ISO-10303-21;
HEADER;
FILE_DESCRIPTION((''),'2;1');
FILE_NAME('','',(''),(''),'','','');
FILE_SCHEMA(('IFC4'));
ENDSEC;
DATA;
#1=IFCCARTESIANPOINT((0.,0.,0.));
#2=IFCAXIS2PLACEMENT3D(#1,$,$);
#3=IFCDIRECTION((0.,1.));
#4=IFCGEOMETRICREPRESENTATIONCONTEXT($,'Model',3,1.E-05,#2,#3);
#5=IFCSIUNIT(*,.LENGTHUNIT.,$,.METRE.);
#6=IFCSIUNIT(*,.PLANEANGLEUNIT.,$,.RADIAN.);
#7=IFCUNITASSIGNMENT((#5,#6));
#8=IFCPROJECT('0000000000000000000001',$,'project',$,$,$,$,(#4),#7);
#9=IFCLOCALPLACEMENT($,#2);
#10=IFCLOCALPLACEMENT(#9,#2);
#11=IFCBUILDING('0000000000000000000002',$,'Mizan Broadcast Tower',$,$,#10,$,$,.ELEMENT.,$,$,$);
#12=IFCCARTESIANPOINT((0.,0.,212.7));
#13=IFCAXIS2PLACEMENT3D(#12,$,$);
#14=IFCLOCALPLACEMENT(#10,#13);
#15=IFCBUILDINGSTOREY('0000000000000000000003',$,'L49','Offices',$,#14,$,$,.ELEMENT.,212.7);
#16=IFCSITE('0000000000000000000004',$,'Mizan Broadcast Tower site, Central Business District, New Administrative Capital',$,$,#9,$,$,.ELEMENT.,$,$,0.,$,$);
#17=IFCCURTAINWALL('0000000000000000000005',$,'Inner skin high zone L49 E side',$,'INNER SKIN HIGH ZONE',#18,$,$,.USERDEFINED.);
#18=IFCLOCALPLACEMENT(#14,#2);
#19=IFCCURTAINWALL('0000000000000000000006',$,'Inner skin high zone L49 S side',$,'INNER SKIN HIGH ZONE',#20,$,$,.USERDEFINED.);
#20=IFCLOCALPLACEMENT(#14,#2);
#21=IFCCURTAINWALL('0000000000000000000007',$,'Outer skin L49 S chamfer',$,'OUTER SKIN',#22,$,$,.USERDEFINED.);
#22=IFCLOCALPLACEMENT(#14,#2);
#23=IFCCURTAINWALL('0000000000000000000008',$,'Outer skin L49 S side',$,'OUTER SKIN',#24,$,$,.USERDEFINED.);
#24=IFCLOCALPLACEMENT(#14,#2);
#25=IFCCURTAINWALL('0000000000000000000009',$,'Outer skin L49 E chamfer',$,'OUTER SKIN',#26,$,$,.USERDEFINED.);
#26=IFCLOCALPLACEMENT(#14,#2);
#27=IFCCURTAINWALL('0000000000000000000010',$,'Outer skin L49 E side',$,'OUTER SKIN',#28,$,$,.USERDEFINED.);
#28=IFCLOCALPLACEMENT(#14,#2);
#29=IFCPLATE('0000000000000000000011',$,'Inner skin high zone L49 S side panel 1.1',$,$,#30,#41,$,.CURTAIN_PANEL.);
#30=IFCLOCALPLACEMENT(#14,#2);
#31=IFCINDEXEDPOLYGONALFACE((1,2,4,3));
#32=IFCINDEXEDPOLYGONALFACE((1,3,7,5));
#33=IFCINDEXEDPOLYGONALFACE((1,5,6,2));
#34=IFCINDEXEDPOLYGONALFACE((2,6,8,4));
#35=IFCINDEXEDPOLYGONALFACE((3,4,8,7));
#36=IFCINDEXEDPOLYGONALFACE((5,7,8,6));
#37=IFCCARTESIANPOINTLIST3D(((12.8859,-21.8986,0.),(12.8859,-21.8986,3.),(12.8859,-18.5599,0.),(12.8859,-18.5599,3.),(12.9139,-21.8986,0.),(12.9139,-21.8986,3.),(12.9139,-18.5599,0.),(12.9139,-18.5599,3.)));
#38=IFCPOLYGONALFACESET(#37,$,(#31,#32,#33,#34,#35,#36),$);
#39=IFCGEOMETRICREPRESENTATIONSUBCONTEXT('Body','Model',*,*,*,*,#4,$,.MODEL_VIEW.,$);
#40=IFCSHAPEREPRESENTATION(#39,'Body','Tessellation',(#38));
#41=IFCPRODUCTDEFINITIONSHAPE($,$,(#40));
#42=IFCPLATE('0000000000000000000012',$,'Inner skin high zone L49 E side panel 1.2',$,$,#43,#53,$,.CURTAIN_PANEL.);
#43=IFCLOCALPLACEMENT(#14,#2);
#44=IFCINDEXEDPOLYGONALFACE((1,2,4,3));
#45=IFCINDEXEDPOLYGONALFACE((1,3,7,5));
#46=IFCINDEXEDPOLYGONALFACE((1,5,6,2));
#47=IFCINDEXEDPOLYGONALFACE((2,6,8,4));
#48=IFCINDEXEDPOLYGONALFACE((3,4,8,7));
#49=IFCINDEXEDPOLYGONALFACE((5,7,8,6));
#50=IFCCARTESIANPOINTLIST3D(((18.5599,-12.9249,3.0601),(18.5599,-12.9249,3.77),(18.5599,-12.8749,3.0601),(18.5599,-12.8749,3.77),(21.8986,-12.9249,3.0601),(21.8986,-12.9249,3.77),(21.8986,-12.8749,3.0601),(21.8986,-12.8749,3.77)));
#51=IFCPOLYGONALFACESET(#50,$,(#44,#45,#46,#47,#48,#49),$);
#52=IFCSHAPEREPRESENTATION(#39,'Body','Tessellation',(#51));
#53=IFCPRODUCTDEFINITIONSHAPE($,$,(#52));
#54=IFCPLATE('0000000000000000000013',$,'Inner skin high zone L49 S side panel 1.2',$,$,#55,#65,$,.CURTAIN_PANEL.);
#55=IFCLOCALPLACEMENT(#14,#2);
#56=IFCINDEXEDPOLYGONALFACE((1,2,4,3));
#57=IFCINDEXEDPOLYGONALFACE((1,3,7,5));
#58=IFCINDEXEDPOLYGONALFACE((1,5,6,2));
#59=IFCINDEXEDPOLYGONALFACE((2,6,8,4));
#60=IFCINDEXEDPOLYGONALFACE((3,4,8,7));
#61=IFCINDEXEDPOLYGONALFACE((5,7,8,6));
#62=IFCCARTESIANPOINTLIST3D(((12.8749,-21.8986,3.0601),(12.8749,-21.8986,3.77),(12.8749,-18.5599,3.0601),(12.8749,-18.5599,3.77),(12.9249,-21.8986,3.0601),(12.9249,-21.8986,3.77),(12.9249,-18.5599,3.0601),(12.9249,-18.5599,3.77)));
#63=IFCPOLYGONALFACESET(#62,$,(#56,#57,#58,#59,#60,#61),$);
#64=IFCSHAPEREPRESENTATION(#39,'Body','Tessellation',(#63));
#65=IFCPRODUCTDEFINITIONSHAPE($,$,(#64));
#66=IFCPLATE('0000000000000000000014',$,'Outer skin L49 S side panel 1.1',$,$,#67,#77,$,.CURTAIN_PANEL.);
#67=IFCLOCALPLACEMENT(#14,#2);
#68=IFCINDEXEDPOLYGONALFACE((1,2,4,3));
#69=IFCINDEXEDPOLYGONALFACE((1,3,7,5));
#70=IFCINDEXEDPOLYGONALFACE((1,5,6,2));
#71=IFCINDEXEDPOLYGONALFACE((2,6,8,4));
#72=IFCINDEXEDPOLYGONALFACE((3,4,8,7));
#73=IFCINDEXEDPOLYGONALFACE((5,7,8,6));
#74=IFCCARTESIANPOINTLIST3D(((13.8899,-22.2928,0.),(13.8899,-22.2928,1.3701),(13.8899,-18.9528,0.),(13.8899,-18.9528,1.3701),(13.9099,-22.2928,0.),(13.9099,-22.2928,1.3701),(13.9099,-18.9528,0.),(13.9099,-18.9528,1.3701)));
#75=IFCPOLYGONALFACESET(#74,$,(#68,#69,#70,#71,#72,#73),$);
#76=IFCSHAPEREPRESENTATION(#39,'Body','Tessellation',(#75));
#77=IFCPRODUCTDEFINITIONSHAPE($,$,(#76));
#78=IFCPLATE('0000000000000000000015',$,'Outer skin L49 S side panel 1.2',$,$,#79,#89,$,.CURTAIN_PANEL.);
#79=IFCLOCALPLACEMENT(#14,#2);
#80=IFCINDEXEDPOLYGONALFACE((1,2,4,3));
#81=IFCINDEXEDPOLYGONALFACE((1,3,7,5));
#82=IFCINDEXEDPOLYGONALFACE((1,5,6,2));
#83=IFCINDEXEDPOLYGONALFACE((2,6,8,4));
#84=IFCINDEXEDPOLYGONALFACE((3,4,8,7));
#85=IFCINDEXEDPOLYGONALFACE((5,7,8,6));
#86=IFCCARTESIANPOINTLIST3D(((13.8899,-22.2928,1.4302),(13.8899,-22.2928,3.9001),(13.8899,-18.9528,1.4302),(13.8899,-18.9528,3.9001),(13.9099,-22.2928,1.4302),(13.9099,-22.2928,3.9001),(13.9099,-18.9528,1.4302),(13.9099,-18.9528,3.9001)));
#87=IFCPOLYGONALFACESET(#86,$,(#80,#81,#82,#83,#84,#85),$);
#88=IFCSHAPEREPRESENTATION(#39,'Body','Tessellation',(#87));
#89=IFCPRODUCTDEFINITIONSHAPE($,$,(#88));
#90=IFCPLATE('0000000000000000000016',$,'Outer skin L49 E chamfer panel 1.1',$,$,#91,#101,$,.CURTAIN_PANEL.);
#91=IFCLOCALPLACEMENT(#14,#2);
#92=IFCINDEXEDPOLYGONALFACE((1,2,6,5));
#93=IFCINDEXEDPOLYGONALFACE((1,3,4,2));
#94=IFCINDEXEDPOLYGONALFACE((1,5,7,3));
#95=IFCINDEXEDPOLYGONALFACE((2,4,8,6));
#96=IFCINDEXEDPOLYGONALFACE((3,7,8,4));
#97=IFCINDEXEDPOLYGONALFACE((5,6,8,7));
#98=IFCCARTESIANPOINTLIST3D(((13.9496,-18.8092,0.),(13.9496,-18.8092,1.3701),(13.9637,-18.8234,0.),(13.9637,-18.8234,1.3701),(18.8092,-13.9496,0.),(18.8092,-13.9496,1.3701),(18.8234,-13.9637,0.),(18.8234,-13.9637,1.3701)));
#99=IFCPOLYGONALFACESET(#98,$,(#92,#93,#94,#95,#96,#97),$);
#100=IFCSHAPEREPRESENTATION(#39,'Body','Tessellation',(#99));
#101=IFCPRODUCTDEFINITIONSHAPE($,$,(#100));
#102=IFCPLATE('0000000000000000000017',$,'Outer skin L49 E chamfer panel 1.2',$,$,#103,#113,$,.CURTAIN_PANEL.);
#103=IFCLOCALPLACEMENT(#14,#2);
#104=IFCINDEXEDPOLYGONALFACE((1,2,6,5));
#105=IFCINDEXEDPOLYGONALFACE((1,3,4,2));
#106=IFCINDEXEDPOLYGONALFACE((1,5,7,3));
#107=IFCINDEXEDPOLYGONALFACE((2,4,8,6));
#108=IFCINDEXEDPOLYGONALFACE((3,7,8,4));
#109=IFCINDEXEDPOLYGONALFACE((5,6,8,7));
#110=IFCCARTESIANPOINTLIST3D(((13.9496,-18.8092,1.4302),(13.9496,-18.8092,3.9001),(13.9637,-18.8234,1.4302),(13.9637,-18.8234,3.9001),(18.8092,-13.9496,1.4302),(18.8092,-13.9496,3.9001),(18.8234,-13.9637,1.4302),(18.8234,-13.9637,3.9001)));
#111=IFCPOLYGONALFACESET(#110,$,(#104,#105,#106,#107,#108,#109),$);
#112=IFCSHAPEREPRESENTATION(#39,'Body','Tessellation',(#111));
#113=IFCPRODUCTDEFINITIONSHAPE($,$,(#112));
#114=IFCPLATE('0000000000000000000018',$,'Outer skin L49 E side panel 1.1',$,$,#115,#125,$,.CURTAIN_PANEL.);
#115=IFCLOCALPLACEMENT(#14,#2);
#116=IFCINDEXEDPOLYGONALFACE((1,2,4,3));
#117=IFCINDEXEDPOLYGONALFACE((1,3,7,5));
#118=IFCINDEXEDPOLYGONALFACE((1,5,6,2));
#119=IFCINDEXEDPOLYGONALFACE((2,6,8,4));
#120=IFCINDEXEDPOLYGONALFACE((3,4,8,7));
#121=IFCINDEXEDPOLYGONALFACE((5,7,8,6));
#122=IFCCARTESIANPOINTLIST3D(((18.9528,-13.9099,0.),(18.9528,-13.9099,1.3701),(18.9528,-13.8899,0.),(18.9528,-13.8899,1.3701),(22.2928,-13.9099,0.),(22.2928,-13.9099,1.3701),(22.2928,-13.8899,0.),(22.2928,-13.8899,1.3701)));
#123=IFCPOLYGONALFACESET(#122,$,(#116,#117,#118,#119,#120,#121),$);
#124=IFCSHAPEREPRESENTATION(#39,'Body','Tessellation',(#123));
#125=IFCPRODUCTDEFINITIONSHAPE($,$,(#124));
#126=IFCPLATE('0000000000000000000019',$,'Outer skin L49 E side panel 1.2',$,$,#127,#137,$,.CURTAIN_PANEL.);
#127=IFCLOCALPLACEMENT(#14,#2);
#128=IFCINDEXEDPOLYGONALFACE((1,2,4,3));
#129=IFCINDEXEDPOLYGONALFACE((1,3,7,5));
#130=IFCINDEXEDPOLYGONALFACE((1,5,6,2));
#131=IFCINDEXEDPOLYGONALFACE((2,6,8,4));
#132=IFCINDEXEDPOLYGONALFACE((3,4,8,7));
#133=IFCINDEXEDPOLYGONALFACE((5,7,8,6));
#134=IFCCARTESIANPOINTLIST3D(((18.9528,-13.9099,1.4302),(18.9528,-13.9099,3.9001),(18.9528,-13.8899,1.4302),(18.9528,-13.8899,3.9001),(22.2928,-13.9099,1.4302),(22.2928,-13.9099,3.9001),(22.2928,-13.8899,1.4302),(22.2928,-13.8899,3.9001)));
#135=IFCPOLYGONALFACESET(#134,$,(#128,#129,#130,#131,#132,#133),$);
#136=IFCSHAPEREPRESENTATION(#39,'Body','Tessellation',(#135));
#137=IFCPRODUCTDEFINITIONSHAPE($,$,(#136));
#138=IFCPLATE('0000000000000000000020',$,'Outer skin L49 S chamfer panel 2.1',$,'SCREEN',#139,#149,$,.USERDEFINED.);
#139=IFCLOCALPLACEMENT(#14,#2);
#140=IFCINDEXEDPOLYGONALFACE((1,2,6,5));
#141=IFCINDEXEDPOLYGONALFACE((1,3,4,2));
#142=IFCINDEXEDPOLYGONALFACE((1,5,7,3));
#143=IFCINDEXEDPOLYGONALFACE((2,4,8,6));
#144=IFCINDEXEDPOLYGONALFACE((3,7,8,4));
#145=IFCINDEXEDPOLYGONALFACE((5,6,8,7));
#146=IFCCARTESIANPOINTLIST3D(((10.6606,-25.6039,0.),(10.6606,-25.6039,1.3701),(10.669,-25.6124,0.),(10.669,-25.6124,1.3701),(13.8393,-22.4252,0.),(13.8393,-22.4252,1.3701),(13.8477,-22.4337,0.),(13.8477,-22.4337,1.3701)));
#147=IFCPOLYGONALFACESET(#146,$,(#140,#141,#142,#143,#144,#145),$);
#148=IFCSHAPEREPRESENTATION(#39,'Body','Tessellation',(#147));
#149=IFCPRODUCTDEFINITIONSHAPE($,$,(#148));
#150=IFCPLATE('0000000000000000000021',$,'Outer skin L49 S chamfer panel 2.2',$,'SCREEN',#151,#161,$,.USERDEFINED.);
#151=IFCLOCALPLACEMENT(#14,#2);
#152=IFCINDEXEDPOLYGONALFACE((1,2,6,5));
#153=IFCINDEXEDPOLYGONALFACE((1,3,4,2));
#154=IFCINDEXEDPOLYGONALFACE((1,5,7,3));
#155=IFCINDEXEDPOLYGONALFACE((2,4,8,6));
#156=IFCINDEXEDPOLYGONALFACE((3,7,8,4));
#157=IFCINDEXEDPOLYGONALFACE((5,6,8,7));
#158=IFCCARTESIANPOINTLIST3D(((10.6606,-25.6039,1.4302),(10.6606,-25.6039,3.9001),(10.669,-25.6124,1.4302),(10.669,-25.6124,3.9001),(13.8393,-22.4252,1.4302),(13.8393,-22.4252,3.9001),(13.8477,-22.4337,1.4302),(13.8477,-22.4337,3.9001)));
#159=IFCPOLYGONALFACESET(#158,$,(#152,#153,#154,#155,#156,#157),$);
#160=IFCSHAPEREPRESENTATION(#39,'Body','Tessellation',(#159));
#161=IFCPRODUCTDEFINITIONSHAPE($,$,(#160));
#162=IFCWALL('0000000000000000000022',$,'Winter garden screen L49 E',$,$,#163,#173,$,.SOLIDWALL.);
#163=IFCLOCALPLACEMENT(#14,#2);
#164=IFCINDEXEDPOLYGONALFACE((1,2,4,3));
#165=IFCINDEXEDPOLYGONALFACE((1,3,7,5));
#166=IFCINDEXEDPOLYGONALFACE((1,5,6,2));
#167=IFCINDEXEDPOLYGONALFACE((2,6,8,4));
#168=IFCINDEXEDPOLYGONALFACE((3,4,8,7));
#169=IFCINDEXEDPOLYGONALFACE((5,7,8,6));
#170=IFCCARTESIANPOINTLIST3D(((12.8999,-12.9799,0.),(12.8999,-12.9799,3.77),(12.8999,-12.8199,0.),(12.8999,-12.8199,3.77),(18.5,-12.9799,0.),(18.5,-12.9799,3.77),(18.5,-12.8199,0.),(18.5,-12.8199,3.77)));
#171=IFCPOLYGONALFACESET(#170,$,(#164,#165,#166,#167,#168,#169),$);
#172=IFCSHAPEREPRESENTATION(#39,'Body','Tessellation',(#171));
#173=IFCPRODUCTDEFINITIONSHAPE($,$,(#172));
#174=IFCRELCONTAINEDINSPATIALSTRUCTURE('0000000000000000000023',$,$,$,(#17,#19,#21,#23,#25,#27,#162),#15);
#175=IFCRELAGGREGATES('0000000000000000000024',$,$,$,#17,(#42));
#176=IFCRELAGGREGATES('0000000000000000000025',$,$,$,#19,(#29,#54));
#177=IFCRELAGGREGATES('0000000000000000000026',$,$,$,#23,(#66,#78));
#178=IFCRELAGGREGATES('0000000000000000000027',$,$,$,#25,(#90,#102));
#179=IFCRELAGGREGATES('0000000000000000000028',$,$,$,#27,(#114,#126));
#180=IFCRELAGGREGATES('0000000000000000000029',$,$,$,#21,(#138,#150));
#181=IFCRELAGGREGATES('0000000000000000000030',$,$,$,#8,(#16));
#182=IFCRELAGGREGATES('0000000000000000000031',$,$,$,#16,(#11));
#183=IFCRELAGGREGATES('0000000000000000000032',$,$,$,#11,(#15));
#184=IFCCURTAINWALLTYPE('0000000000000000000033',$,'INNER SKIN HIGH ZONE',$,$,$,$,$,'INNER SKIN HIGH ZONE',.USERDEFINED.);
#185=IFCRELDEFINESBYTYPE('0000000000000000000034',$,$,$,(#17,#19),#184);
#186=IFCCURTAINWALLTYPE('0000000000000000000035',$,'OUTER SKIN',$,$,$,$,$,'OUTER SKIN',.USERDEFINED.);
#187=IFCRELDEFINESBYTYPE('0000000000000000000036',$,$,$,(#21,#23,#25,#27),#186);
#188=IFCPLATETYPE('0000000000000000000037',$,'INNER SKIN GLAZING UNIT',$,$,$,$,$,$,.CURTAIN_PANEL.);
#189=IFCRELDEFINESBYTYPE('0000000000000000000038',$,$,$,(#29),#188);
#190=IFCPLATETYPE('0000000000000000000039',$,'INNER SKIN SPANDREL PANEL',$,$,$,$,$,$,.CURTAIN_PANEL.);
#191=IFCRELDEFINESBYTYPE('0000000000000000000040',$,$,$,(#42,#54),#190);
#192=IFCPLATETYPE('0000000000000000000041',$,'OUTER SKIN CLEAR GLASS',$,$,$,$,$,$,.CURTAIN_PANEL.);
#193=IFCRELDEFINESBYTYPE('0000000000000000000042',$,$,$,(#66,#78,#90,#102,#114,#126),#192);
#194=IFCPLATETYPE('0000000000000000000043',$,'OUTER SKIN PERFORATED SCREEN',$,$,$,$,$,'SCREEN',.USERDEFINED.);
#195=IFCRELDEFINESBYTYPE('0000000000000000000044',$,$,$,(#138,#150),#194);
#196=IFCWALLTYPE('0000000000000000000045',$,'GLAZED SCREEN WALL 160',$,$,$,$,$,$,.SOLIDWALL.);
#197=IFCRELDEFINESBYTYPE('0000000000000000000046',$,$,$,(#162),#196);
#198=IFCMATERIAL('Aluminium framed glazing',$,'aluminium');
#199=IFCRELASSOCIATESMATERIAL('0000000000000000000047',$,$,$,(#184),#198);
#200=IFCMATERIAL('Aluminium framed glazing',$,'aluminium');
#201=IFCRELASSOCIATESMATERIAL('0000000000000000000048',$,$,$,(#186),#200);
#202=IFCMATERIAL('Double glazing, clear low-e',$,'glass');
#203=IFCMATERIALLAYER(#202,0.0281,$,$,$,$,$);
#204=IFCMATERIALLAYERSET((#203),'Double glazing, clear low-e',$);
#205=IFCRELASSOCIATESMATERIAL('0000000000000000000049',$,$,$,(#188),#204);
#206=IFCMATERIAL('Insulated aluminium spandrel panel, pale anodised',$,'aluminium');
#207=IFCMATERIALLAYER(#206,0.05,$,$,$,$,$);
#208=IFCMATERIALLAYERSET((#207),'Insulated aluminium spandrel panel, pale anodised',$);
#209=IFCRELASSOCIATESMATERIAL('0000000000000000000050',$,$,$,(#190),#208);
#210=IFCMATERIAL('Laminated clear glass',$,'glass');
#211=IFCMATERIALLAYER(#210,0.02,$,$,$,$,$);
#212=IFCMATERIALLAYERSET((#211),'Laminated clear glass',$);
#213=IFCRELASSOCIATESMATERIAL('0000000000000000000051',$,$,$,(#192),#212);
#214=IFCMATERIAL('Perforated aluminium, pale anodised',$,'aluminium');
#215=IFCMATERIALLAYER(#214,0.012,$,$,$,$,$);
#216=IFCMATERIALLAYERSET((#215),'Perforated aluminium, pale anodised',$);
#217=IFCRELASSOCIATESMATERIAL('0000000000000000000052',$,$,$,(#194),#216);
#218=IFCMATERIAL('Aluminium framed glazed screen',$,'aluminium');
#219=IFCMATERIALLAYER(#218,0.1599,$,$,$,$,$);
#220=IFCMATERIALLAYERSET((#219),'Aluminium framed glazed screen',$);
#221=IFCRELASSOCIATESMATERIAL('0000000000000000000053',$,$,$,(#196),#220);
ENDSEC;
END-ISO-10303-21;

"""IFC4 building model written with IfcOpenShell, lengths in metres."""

from ifc_helpers import new_model, si_unit, direction, frame, frame_2d, origin, origin_2d, place, context, subcontext, project, spatial, rectangle, extrude, material, layer, layer_set, type_object, element, aggregate, save


model = new_model("IFC4")

# Units and contexts
model_context = context("Model", 3, precision=1e-05, world=origin(), true_north=direction((0.0, 1.0)))
body_context = subcontext(model_context, "Body", "Model", "MODEL_VIEW")
ifc_project = project(units=[si_unit("LENGTHUNIT", "METRE"), si_unit("PLANEANGLEUNIT", "RADIAN")], contexts=[model_context])

# Site, building, storey
site_placement = place(None, origin())
site = spatial("IfcSite", under=ifc_project, at=site_placement, Name="Mizan Broadcast Tower site, Central Business District, New Administrative Capital", CompositionType="ELEMENT", RefElevation=0.0)
building_placement = place(site_placement, origin())
building = spatial("IfcBuilding", under=site, at=building_placement, Name="Mizan Broadcast Tower", CompositionType="ELEMENT")
storey_placement = place(building_placement, frame((0.0, 0.0, 212.7)))
storey = spatial("IfcBuildingStorey", under=building, at=storey_placement, Name="L49", Description="Offices", CompositionType="ELEMENT", Elevation=212.7)

# Curtain walls
ifc_material_1 = material(Name="Aluminium framed glazing", Category="aluminium")
curtain_wall_type_1 = type_object("IfcCurtainWallType", Name="INNER SKIN HIGH ZONE", ElementType="INNER SKIN HIGH ZONE", PredefinedType="USERDEFINED", material=ifc_material_1)
curtain_wall_1_placement = place(storey_placement, origin())
curtain_wall_1 = element("IfcCurtainWall", 1, at=curtain_wall_1_placement, inside=storey, type_object=curtain_wall_type_1, Name="Inner skin high zone L49 E side", ObjectType="INNER SKIN HIGH ZONE", PredefinedType="USERDEFINED")
curtain_wall_2_placement = place(storey_placement, origin())
curtain_wall_2 = element("IfcCurtainWall", 2, at=curtain_wall_2_placement, inside=storey, type_object=curtain_wall_type_1, Name="Inner skin high zone L49 S side", ObjectType="INNER SKIN HIGH ZONE", PredefinedType="USERDEFINED")

# Curtain walls
ifc_material_2 = material(Name="Aluminium framed glazing", Category="aluminium")
curtain_wall_type_2 = type_object("IfcCurtainWallType", Name="OUTER SKIN", ElementType="OUTER SKIN", PredefinedType="USERDEFINED", material=ifc_material_2)
curtain_wall_3_placement = place(storey_placement, origin())
curtain_wall_3 = element("IfcCurtainWall", 3, at=curtain_wall_3_placement, inside=storey, type_object=curtain_wall_type_2, Name="Outer skin L49 S chamfer", ObjectType="OUTER SKIN", PredefinedType="USERDEFINED")
curtain_wall_4_placement = place(storey_placement, origin())
curtain_wall_4 = element("IfcCurtainWall", 4, at=curtain_wall_4_placement, inside=storey, type_object=curtain_wall_type_2, Name="Outer skin L49 S side", ObjectType="OUTER SKIN", PredefinedType="USERDEFINED")
curtain_wall_5_placement = place(storey_placement, origin())
curtain_wall_5 = element("IfcCurtainWall", 5, at=curtain_wall_5_placement, inside=storey, type_object=curtain_wall_type_2, Name="Outer skin L49 E chamfer", ObjectType="OUTER SKIN", PredefinedType="USERDEFINED")
curtain_wall_6_placement = place(storey_placement, origin())
curtain_wall_6 = element("IfcCurtainWall", 6, at=curtain_wall_6_placement, inside=storey, type_object=curtain_wall_type_2, Name="Outer skin L49 E side", ObjectType="OUTER SKIN", PredefinedType="USERDEFINED")

# Plates
ifc_material_3 = material(Name="Double glazing, clear low-e", Category="glass")
ifc_layer_1 = layer(ifc_material_3, 0.0281)
ifc_layer_set_1 = layer_set([ifc_layer_1], Name="Double glazing, clear low-e")
plate_type_1 = type_object("IfcPlateType", Name="INNER SKIN GLAZING UNIT", PredefinedType="CURTAIN_PANEL", material=ifc_layer_set_1)
plate_1_placement = place(storey_placement, frame((12.8999, -20.2292, 0.0), z_axis=(0.0, 0.0, 1.0), x_axis=(0.0, 1.0, 0.0)))
plate_1 = element("IfcPlate", 7, at=plate_1_placement, type_object=plate_type_1, Name="Inner skin high zone L49 S side panel 1.1", PredefinedType="CURTAIN_PANEL", context=body_context, shape_type="SweptSolid", body=[
    extrude(rectangle(XDim=3.3386, YDim=0.0281, at=origin_2d()), origin(), (0.0, 0.0, 1.0), 3.0),
])
ifc_material_4 = material(Name="Insulated aluminium spandrel panel, pale anodised", Category="aluminium")
ifc_layer_2 = layer(ifc_material_4, 0.05)
ifc_layer_set_2 = layer_set([ifc_layer_2], Name="Insulated aluminium spandrel panel, pale anodised")
plate_type_2 = type_object("IfcPlateType", Name="INNER SKIN SPANDREL PANEL", PredefinedType="CURTAIN_PANEL", material=ifc_layer_set_2)
plate_2_placement = place(storey_placement, frame((20.2292, -12.8999, 3.0601), z_axis=(0.0, 0.0, 1.0), x_axis=(1.0, 0.0, 0.0)))
plate_2 = element("IfcPlate", 8, at=plate_2_placement, type_object=plate_type_2, Name="Inner skin high zone L49 E side panel 1.2", PredefinedType="CURTAIN_PANEL", context=body_context, shape_type="SweptSolid", body=[
    extrude(rectangle(XDim=3.3386, YDim=0.05, at=origin_2d()), origin(), (0.0, 0.0, 1.0), 0.71),
])
aggregate(curtain_wall_1, [plate_2])
plate_3_placement = place(storey_placement, frame((12.8999, -20.2292, 3.0601), z_axis=(0.0, 0.0, 1.0), x_axis=(0.0, 1.0, 0.0)))
plate_3 = element("IfcPlate", 9, at=plate_3_placement, type_object=plate_type_2, Name="Inner skin high zone L49 S side panel 1.2", PredefinedType="CURTAIN_PANEL", context=body_context, shape_type="SweptSolid", body=[
    extrude(rectangle(XDim=3.3386, YDim=0.05, at=origin_2d()), origin(), (0.0, 0.0, 1.0), 0.71),
])
aggregate(curtain_wall_2, [plate_1, plate_3])
ifc_material_5 = material(Name="Laminated clear glass", Category="glass")
ifc_layer_3 = layer(ifc_material_5, 0.02)
ifc_layer_set_3 = layer_set([ifc_layer_3], Name="Laminated clear glass")
plate_type_3 = type_object("IfcPlateType", Name="OUTER SKIN CLEAR GLASS", PredefinedType="CURTAIN_PANEL", material=ifc_layer_set_3)
plate_4_placement = place(storey_placement, frame((13.8999, -20.6228, 0.0), z_axis=(0.0, 0.0, 1.0), x_axis=(0.0, 1.0, 0.0)))
plate_4 = element("IfcPlate", 10, at=plate_4_placement, type_object=plate_type_3, Name="Outer skin L49 S side panel 1.1", PredefinedType="CURTAIN_PANEL", context=body_context, shape_type="SweptSolid", body=[
    extrude(rectangle(XDim=3.3401, YDim=0.02, at=origin_2d()), origin(), (0.0, 0.0, 1.0), 1.3701),
])
plate_5_placement = place(storey_placement, frame((13.8999, -20.6228, 1.4302), z_axis=(0.0, 0.0, 1.0), x_axis=(0.0, 1.0, 0.0)))
plate_5 = element("IfcPlate", 11, at=plate_5_placement, type_object=plate_type_3, Name="Outer skin L49 S side panel 1.2", PredefinedType="CURTAIN_PANEL", context=body_context, shape_type="SweptSolid", body=[
    extrude(rectangle(XDim=3.3401, YDim=0.02, at=origin_2d()), origin(), (0.0, 0.0, 1.0), 2.47),
])
aggregate(curtain_wall_4, [plate_4, plate_5])
plate_6_placement = place(storey_placement, frame((16.3865, -16.3865, 0.0), z_axis=(0.0, 0.0, 1.0), x_axis=(0.707107, 0.707107, 0.0)))
plate_6 = element("IfcPlate", 12, at=plate_6_placement, type_object=plate_type_3, Name="Outer skin L49 E chamfer panel 1.1", PredefinedType="CURTAIN_PANEL", context=body_context, shape_type="SweptSolid", body=[
    extrude(rectangle(XDim=6.8726, YDim=0.02, at=origin_2d()), origin(), (0.0, 0.0, 1.0), 1.3701),
])
plate_7_placement = place(storey_placement, frame((16.3865, -16.3865, 1.4302), z_axis=(0.0, 0.0, 1.0), x_axis=(0.707107, 0.707107, 0.0)))
plate_7 = element("IfcPlate", 13, at=plate_7_placement, type_object=plate_type_3, Name="Outer skin L49 E chamfer panel 1.2", PredefinedType="CURTAIN_PANEL", context=body_context, shape_type="SweptSolid", body=[
    extrude(rectangle(XDim=6.8726, YDim=0.02, at=origin_2d()), origin(), (0.0, 0.0, 1.0), 2.47),
])
aggregate(curtain_wall_5, [plate_6, plate_7])
plate_8_placement = place(storey_placement, frame((20.6228, -13.8999, 0.0), z_axis=(0.0, 0.0, 1.0), x_axis=(1.0, 0.0, 0.0)))
plate_8 = element("IfcPlate", 14, at=plate_8_placement, type_object=plate_type_3, Name="Outer skin L49 E side panel 1.1", PredefinedType="CURTAIN_PANEL", context=body_context, shape_type="SweptSolid", body=[
    extrude(rectangle(XDim=3.3401, YDim=0.02, at=origin_2d()), origin(), (0.0, 0.0, 1.0), 1.3701),
])
plate_9_placement = place(storey_placement, frame((20.6228, -13.8999, 1.4302), z_axis=(0.0, 0.0, 1.0), x_axis=(1.0, 0.0, 0.0)))
plate_9 = element("IfcPlate", 15, at=plate_9_placement, type_object=plate_type_3, Name="Outer skin L49 E side panel 1.2", PredefinedType="CURTAIN_PANEL", context=body_context, shape_type="SweptSolid", body=[
    extrude(rectangle(XDim=3.3401, YDim=0.02, at=origin_2d()), origin(), (0.0, 0.0, 1.0), 2.47),
])
aggregate(curtain_wall_6, [plate_8, plate_9])
ifc_material_6 = material(Name="Perforated aluminium, pale anodised", Category="aluminium")
ifc_layer_4 = layer(ifc_material_6, 0.012)
ifc_layer_set_4 = layer_set([ifc_layer_4], Name="Perforated aluminium, pale anodised")
plate_type_4 = type_object("IfcPlateType", Name="OUTER SKIN PERFORATED SCREEN", ElementType="SCREEN", PredefinedType="USERDEFINED", material=ifc_layer_set_4)
plate_10_placement = place(storey_placement, frame((12.2542, -24.0188, 0.0), z_axis=(0.0, 0.0, 1.0), x_axis=(0.707107, 0.707107, 0.0)))
plate_10 = element("IfcPlate", 16, at=plate_10_placement, type_object=plate_type_4, Name="Outer skin L49 S chamfer panel 2.1", ObjectType="SCREEN", PredefinedType="USERDEFINED", context=body_context, shape_type="SweptSolid", body=[
    extrude(rectangle(XDim=4.4954, YDim=0.012, at=origin_2d()), origin(), (0.0, 0.0, 1.0), 1.3701),
])
plate_11_placement = place(storey_placement, frame((12.2542, -24.0188, 1.4302), z_axis=(0.0, 0.0, 1.0), x_axis=(0.707107, 0.707107, 0.0)))
plate_11 = element("IfcPlate", 17, at=plate_11_placement, type_object=plate_type_4, Name="Outer skin L49 S chamfer panel 2.2", ObjectType="SCREEN", PredefinedType="USERDEFINED", context=body_context, shape_type="SweptSolid", body=[
    extrude(rectangle(XDim=4.4954, YDim=0.012, at=origin_2d()), origin(), (0.0, 0.0, 1.0), 2.47),
])
aggregate(curtain_wall_3, [plate_10, plate_11])

# Wall
ifc_material_7 = material(Name="Aluminium framed glazed screen", Category="aluminium")
ifc_layer_5 = layer(ifc_material_7, 0.1599)
ifc_layer_set_5 = layer_set([ifc_layer_5], Name="Aluminium framed glazed screen")
wall_type = type_object("IfcWallType", Name="GLAZED SCREEN WALL 160", PredefinedType="SOLIDWALL", material=ifc_layer_set_5)
wall_1_placement = place(storey_placement, frame((12.8999, -12.8999, 0.0), z_axis=(0.0, 0.0, 1.0), x_axis=(1.0, 0.0, 0.0)))
element("IfcWall", 18, at=wall_1_placement, inside=storey, type_object=wall_type, Name="Winter garden screen L49 E", PredefinedType="SOLIDWALL", context=body_context, shape_type="SweptSolid", body=[
    extrude(rectangle(XDim=5.6001, YDim=0.1599, at=frame_2d((2.8, 0.0))), origin(), (0.0, 0.0, 1.0), 3.77),
])

save(model, "model.ifc")
